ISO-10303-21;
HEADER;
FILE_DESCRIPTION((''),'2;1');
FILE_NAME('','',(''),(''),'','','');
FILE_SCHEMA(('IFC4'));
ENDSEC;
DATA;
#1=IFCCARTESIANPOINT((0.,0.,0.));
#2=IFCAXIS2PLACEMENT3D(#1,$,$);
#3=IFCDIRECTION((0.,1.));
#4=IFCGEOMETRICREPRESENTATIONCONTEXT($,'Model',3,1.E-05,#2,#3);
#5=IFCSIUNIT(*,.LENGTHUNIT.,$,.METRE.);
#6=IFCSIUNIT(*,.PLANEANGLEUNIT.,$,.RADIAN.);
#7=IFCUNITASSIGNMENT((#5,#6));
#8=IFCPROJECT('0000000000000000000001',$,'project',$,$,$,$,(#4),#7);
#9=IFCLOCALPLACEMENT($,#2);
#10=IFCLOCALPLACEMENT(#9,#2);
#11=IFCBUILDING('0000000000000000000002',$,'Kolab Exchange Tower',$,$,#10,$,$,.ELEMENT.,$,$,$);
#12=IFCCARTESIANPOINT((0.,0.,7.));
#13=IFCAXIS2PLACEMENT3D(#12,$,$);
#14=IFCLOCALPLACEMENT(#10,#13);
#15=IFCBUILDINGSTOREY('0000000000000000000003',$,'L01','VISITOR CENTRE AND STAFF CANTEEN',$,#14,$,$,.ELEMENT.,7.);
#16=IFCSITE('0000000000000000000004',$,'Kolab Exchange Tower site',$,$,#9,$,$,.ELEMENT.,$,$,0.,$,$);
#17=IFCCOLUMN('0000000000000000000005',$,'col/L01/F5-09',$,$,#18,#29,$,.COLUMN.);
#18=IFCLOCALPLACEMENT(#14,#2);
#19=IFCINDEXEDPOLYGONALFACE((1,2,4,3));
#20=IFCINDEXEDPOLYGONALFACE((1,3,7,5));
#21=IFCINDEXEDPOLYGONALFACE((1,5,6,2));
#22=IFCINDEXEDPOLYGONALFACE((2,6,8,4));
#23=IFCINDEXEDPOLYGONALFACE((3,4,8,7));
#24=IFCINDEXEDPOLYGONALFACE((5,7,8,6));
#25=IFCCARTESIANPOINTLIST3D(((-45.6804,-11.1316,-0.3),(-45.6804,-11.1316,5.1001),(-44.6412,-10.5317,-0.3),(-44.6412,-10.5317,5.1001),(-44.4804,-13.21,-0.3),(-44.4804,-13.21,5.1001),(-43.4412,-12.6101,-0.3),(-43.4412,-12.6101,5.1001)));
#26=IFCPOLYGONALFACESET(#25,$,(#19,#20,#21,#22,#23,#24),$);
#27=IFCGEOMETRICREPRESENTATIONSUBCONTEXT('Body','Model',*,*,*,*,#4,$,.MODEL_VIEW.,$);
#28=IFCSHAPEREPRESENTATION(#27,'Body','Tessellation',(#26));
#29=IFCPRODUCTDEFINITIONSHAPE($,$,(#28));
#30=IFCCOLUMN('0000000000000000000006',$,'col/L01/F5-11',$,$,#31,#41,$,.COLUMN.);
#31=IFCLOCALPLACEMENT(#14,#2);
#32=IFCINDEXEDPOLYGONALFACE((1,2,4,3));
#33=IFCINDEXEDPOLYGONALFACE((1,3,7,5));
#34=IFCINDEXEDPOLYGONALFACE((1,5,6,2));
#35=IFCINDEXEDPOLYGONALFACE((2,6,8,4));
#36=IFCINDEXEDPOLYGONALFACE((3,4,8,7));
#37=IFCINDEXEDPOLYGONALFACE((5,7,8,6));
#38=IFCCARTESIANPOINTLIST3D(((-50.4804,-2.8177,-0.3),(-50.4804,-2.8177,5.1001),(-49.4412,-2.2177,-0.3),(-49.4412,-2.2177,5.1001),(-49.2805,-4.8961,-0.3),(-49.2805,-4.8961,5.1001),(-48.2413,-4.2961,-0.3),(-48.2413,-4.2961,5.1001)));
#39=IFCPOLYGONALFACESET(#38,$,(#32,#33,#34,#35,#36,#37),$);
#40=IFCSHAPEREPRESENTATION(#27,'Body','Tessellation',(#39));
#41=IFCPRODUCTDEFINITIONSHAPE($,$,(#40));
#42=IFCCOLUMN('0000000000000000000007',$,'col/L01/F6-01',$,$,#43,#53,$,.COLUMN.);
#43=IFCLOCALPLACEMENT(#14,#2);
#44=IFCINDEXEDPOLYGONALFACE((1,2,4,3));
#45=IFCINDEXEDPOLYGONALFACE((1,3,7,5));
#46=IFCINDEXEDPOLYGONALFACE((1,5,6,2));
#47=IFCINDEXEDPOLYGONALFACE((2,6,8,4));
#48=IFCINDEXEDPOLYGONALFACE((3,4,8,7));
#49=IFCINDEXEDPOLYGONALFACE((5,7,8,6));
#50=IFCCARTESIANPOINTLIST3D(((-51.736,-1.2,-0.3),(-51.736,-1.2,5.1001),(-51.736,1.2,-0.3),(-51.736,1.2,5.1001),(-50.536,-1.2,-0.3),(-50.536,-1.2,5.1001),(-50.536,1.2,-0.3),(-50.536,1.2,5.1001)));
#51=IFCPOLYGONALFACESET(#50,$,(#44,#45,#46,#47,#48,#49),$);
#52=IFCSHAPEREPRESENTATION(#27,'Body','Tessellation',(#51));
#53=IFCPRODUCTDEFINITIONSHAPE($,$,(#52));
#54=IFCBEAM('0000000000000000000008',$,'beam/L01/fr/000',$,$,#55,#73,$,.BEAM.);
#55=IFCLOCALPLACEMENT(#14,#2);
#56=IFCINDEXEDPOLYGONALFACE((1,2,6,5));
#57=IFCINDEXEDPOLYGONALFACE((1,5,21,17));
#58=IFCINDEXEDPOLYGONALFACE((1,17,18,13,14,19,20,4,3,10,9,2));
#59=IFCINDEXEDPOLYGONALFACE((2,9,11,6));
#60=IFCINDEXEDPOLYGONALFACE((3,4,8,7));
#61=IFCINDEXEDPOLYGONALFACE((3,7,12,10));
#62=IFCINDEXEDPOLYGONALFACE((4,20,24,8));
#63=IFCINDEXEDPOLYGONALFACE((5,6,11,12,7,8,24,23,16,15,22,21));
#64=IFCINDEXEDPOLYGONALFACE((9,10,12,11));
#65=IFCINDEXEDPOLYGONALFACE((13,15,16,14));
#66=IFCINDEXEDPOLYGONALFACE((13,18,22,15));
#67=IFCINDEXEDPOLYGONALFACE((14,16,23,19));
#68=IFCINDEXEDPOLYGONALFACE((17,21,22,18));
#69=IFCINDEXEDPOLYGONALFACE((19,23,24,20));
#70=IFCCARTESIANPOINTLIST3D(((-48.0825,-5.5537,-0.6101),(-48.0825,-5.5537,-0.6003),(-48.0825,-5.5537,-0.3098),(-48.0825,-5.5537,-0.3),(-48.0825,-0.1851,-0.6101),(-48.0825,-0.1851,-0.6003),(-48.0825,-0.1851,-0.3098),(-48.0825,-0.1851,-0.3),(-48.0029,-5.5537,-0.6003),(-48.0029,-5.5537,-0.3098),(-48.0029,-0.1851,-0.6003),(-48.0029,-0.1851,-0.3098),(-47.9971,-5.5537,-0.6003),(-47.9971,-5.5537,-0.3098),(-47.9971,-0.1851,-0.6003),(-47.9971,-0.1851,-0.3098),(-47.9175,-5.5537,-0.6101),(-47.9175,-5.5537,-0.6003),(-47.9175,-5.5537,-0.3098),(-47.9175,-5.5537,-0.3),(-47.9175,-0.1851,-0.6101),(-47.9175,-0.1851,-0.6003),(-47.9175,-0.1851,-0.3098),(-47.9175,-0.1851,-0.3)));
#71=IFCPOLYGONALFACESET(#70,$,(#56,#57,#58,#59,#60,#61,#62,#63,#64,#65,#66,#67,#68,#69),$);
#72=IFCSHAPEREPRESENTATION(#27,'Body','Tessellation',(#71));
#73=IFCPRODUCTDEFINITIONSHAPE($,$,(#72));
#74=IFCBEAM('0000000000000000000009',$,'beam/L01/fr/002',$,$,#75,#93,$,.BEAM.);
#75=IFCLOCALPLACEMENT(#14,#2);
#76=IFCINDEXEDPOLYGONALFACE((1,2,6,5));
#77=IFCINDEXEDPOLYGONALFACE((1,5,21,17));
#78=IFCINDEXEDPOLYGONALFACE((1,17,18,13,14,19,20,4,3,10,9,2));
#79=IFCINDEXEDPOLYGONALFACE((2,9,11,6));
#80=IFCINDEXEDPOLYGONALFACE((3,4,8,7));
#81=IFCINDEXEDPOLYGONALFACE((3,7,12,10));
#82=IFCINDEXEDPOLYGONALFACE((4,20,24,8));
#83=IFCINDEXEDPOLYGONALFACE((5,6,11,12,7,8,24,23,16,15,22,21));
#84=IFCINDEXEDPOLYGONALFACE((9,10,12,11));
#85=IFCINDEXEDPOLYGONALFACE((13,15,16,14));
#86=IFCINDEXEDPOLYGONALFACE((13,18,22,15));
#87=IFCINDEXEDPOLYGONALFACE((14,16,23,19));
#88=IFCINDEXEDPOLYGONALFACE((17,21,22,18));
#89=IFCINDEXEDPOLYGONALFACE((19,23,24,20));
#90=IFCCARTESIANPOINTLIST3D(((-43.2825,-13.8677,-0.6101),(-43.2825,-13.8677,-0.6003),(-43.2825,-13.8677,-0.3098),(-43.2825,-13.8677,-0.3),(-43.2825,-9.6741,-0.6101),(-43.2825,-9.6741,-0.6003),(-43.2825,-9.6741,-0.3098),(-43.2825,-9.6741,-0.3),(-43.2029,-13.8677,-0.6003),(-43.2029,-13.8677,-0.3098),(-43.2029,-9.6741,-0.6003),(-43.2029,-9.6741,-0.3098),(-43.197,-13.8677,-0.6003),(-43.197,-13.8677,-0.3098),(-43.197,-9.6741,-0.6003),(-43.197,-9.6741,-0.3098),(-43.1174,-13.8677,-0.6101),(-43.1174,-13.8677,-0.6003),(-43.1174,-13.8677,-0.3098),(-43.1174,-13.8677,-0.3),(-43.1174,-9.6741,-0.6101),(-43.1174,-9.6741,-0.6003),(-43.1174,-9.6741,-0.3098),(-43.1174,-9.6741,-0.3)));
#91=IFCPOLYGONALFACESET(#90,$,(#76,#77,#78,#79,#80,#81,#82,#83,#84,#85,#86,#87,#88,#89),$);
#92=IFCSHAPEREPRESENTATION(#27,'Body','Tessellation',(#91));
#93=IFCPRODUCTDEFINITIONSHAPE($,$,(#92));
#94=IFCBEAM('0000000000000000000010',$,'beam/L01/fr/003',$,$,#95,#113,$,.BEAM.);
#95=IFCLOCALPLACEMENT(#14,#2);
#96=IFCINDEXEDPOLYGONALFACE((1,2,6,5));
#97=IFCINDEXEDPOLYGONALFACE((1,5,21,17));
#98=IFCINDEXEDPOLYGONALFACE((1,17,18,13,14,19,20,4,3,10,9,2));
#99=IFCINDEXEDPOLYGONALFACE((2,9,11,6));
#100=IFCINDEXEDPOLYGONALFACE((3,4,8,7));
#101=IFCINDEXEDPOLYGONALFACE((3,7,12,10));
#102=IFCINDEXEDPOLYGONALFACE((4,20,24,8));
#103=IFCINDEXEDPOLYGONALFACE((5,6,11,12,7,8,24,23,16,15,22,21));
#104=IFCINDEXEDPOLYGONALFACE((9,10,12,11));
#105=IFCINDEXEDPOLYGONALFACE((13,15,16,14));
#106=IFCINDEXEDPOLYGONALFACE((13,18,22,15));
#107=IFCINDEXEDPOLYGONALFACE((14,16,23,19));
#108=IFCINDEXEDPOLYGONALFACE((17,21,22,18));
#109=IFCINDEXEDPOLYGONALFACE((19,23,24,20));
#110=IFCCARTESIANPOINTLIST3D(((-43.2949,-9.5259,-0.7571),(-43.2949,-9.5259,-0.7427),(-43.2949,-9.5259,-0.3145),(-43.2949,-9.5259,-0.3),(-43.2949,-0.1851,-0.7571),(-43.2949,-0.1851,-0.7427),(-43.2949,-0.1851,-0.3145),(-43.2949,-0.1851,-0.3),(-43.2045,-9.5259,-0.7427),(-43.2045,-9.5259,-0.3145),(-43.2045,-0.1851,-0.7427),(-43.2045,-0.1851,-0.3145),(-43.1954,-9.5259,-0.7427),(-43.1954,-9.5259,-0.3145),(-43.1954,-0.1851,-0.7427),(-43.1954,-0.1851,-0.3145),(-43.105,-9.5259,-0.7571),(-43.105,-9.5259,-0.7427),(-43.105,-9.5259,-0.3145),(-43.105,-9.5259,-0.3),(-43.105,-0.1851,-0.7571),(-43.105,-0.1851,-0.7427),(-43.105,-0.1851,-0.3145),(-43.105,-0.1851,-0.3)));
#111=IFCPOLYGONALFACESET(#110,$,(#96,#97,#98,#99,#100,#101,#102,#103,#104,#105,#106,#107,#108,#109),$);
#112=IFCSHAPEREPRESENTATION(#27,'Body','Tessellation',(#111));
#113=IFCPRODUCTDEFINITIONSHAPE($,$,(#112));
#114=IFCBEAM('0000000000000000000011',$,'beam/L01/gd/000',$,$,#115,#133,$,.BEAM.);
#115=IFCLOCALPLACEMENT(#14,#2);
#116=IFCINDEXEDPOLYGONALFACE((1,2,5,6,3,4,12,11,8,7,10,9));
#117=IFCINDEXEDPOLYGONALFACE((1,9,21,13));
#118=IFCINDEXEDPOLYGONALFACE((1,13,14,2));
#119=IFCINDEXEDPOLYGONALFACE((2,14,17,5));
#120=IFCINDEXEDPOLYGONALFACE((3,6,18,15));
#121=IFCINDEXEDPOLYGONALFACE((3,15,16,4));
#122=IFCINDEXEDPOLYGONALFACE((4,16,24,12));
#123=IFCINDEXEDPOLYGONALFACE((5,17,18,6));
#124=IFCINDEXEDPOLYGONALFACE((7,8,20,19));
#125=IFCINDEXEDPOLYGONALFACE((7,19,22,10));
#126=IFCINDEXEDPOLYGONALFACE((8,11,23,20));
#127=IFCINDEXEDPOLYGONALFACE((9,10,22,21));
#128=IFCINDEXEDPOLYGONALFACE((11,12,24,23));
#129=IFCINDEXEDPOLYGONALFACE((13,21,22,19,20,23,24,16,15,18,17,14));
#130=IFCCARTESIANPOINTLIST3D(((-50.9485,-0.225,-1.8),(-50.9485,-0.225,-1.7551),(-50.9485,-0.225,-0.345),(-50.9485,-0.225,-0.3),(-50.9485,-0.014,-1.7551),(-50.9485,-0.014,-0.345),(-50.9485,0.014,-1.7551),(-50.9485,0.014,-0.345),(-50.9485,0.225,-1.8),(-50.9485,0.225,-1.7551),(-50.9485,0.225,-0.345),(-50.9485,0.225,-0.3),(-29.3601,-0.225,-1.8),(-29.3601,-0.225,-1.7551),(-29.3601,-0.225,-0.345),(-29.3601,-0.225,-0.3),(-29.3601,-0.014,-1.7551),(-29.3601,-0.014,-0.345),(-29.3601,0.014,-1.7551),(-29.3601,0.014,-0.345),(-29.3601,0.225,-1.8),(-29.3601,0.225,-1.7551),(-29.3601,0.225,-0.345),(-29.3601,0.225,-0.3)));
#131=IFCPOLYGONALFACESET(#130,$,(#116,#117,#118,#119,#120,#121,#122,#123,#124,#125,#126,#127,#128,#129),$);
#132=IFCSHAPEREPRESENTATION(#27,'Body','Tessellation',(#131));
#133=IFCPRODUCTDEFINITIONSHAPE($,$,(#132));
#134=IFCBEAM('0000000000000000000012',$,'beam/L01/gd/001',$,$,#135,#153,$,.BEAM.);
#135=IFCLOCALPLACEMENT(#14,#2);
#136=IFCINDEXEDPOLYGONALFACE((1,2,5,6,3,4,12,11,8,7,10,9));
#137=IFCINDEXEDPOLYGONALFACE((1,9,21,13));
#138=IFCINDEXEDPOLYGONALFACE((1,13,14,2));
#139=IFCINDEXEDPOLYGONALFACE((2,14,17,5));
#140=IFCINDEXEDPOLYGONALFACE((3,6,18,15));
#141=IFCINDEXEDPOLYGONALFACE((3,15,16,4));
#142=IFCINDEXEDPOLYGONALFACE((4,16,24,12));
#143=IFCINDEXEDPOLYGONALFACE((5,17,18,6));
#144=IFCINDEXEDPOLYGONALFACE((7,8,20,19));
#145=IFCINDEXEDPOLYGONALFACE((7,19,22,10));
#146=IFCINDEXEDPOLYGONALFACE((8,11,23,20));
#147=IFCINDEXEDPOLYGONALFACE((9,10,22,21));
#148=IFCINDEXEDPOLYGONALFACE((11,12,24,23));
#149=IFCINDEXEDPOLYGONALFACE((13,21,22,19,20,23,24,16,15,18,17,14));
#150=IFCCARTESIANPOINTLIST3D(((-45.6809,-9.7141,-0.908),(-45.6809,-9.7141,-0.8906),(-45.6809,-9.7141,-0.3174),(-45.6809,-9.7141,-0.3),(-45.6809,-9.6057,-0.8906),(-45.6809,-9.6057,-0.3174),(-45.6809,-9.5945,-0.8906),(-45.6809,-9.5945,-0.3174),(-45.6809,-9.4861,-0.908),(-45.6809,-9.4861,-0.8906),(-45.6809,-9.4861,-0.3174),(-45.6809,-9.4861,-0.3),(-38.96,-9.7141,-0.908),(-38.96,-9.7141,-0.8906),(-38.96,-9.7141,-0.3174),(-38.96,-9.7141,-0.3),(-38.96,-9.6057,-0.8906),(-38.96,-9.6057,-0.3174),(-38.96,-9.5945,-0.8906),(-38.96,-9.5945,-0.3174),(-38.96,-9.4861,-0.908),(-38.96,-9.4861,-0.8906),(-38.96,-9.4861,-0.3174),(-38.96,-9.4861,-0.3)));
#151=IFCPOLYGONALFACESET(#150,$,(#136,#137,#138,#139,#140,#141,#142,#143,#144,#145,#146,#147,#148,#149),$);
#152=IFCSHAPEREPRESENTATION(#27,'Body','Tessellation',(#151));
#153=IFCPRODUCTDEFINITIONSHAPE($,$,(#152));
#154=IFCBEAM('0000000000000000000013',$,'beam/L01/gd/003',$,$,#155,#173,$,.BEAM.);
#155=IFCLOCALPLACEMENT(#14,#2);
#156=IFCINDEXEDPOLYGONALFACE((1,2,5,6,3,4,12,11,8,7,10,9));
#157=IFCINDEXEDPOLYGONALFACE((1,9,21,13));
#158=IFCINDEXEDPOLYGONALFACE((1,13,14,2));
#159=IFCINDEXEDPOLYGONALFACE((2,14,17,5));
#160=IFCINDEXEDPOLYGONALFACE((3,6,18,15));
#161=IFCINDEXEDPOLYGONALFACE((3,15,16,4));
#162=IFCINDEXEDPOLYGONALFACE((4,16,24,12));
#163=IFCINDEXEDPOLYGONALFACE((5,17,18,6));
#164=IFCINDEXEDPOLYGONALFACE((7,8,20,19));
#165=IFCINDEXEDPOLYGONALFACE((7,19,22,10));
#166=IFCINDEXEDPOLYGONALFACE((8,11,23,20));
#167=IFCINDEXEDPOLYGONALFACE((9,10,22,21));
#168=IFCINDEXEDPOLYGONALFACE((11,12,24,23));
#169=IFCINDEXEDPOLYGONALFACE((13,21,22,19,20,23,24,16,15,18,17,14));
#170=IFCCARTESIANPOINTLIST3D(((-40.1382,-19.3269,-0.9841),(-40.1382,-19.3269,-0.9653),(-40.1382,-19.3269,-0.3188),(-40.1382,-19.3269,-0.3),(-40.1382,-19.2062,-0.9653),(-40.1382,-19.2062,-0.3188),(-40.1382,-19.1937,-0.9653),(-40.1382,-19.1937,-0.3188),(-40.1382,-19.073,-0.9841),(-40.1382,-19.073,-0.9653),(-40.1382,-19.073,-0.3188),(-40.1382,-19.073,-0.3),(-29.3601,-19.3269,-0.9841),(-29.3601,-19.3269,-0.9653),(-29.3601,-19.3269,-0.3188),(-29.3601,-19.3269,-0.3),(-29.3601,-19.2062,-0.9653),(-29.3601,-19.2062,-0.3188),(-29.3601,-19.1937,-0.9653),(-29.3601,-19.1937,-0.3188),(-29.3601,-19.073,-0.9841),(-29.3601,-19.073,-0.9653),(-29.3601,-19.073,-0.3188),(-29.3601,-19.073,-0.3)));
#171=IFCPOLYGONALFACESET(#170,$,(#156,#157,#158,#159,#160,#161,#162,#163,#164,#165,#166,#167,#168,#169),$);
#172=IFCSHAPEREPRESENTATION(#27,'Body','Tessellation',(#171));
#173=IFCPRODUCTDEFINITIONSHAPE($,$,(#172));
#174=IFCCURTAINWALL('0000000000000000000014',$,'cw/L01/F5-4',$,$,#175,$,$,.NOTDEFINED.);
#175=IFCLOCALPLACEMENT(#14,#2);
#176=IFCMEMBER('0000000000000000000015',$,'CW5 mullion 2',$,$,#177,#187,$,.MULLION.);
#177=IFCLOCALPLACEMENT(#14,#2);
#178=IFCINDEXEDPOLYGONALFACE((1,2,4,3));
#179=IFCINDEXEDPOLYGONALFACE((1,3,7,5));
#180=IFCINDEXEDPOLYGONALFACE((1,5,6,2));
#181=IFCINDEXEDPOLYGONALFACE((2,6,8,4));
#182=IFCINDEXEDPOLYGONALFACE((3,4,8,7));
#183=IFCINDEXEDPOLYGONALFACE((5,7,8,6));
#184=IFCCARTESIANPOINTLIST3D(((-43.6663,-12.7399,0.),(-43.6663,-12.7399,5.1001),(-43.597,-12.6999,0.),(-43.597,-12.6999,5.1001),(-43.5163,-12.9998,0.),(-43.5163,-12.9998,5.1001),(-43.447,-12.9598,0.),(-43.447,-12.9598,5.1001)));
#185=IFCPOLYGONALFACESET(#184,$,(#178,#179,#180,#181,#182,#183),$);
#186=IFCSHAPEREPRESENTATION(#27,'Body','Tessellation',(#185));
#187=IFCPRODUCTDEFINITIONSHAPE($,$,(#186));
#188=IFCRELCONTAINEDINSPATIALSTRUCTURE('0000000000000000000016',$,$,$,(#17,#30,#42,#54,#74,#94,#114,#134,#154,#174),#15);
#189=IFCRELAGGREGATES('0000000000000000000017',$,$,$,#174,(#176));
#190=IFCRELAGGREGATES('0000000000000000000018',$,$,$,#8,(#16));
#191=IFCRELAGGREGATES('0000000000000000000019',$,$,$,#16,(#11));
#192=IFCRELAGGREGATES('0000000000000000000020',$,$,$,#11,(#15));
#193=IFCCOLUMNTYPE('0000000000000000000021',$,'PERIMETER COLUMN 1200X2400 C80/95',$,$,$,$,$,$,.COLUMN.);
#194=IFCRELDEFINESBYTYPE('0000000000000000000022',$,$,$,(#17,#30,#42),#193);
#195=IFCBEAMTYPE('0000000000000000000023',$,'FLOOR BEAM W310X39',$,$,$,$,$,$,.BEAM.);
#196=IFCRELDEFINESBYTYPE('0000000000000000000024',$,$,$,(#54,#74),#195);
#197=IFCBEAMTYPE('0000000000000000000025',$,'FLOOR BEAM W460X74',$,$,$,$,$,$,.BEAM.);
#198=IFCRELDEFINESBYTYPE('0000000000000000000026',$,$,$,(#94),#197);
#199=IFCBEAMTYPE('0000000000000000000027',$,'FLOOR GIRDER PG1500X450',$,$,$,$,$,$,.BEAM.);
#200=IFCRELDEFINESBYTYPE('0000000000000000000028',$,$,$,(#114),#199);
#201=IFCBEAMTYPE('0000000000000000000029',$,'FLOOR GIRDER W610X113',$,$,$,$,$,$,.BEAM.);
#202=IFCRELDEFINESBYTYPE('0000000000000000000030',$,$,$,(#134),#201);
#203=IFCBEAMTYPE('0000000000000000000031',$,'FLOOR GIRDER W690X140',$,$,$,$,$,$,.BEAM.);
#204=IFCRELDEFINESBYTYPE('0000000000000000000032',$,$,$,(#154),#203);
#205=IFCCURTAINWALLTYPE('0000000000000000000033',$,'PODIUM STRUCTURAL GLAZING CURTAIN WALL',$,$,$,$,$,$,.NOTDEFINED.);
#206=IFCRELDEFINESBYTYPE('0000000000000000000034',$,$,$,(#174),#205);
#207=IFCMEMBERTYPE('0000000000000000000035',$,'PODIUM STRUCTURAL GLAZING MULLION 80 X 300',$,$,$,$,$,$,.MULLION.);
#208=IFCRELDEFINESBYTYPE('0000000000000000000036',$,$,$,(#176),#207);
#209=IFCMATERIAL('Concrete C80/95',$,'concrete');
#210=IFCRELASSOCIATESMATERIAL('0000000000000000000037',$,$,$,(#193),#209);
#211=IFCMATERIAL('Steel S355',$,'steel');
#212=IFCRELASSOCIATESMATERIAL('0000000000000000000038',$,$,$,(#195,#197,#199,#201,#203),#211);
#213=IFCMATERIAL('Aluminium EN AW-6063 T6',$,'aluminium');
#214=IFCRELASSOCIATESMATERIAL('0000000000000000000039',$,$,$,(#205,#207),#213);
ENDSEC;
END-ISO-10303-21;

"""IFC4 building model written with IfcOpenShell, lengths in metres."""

from ifc_helpers import new_model, si_unit, direction, frame, origin, origin_2d, place, context, subcontext, project, spatial, rectangle, i_section, extrude, material, material_profile, profile_set, type_object, element, aggregate, save


model = new_model("IFC4")

# Units and contexts
model_context = context("Model", 3, precision=1e-05, world=origin(), true_north=direction((0.0, 1.0)))
body_context = subcontext(model_context, "Body", "Model", "MODEL_VIEW")
ifc_project = project(units=[si_unit("LENGTHUNIT", "METRE"), si_unit("PLANEANGLEUNIT", "RADIAN")], contexts=[model_context])

# Site, building, storey
site_placement = place(None, origin())
site = spatial("IfcSite", under=ifc_project, at=site_placement, Name="Kolab Exchange Tower site", CompositionType="ELEMENT", RefElevation=0.0)
building_placement = place(site_placement, origin())
building = spatial("IfcBuilding", under=site, at=building_placement, Name="Kolab Exchange Tower", CompositionType="ELEMENT")
storey_placement = place(building_placement, frame((0.0, 0.0, 7.0)))
storey = spatial("IfcBuildingStorey", under=building, at=storey_placement, Name="L01", Description="VISITOR CENTRE AND STAFF CANTEEN", CompositionType="ELEMENT", Elevation=7.0)

# Columns
ifc_material_1 = material(Name="Concrete C80/95", Category="concrete")
ifc_material_profile_1 = material_profile(ifc_material_1, rectangle(XDim=1.2, YDim=2.3999, at=origin_2d()), Name="RC1200X2400")
ifc_profile_set_1 = profile_set([ifc_material_profile_1], Name="Concrete C80/95")
column_type = type_object("IfcColumnType", Name="PERIMETER COLUMN 1200X2400 C80/95", PredefinedType="COLUMN", material=ifc_profile_set_1)
for number, where, z_axis, x_axis, name in (
    (1, (-44.5608, -11.8708, -0.3), (0.0, 0.0, 1.0), (0.866025, 0.5, 0.0), "col/L01/F5-09"),
    (2, (-49.3608, -3.5569, -0.3), (0.0, 0.0, 1.0), (0.866025, 0.5, 0.0), "col/L01/F5-11"),
    (3, (-51.136, 0.0, -0.3), (0.0, 0.0, 1.0), (1.0, 0.0, 0.0), "col/L01/F6-01"),
):
    element("IfcColumn", number, at=place(storey_placement, frame(where, z_axis=z_axis, x_axis=x_axis)), inside=storey, type_object=column_type, Name=name, PredefinedType="COLUMN", context=body_context, shape_type="SweptSolid", body=[
        extrude(rectangle(XDim=1.2, YDim=2.3999, at=origin_2d()), origin(), (0.0, 0.0, 1.0), 5.4001),
    ])

# Beams
ifc_material_2 = material(Name="Steel S355", Category="steel")
ifc_material_profile_2 = material_profile(ifc_material_2, i_section(OverallWidth=0.165, OverallDepth=0.3101, WebThickness=0.0059, FlangeThickness=0.0098, at=origin_2d()), Name="W310X39")
ifc_profile_set_2 = profile_set([ifc_material_profile_2], Name="Steel S355")
beam_type_1 = type_object("IfcBeamType", Name="FLOOR BEAM W310X39", PredefinedType="BEAM", material=ifc_profile_set_2)
beam_1_placement = place(storey_placement, frame((-48.0, -5.5537, -0.4551), z_axis=(0.0, 1.0, 0.0), x_axis=(-1.0, 0.0, 0.0)))
element("IfcBeam", 4, at=beam_1_placement, inside=storey, type_object=beam_type_1, Name="beam/L01/fr/000", PredefinedType="BEAM", context=body_context, shape_type="SweptSolid", body=[
    extrude(i_section(OverallWidth=0.165, OverallDepth=0.3101, WebThickness=0.0059, FlangeThickness=0.0098, at=origin_2d()), origin(), (0.0, 0.0, 1.0), 5.3687),
])
beam_2_placement = place(storey_placement, frame((-43.2, -13.8677, -0.4551), z_axis=(0.0, 1.0, 0.0), x_axis=(-1.0, 0.0, 0.0)))
element("IfcBeam", 5, at=beam_2_placement, inside=storey, type_object=beam_type_1, Name="beam/L01/fr/002", PredefinedType="BEAM", context=body_context, shape_type="SweptSolid", body=[
    extrude(i_section(OverallWidth=0.165, OverallDepth=0.3101, WebThickness=0.0059, FlangeThickness=0.0098, at=origin_2d()), origin(), (0.0, 0.0, 1.0), 4.1936),
])
ifc_material_profile_3 = material_profile(ifc_material_2, i_section(OverallWidth=0.1899, OverallDepth=0.457, WebThickness=0.009, FlangeThickness=0.0144, at=origin_2d()), Name="W460X74")
ifc_profile_set_3 = profile_set([ifc_material_profile_3], Name="Steel S355")
beam_type_2 = type_object("IfcBeamType", Name="FLOOR BEAM W460X74", PredefinedType="BEAM", material=ifc_profile_set_3)
beam_3_placement = place(storey_placement, frame((-43.2, -9.5259, -0.5286), z_axis=(0.0, 1.0, 0.0), x_axis=(-1.0, 0.0, 0.0)))
element("IfcBeam", 6, at=beam_3_placement, inside=storey, type_object=beam_type_2, Name="beam/L01/fr/003", PredefinedType="BEAM", context=body_context, shape_type="SweptSolid", body=[
    extrude(i_section(OverallWidth=0.1899, OverallDepth=0.457, WebThickness=0.009, FlangeThickness=0.0144, at=origin_2d()), origin(), (0.0, 0.0, 1.0), 9.3408),
])
ifc_material_profile_4 = material_profile(ifc_material_2, i_section(OverallWidth=0.45, OverallDepth=1.5, WebThickness=0.0281, FlangeThickness=0.0449, at=origin_2d()), Name="PG1500X450")
ifc_profile_set_4 = profile_set([ifc_material_profile_4], Name="Steel S355")
beam_type_3 = type_object("IfcBeamType", Name="FLOOR GIRDER PG1500X450", PredefinedType="BEAM", material=ifc_profile_set_4)
beam_4_placement = place(storey_placement, frame((-50.9485, 0.0, -1.05), z_axis=(1.0, 0.0, 0.0), x_axis=(0.0, 1.0, 0.0)))
element("IfcBeam", 7, at=beam_4_placement, inside=storey, type_object=beam_type_3, Name="beam/L01/gd/000", PredefinedType="BEAM", context=body_context, shape_type="SweptSolid", body=[
    extrude(i_section(OverallWidth=0.45, OverallDepth=1.5, WebThickness=0.0281, FlangeThickness=0.0449, at=origin_2d()), origin(), (0.0, 0.0, 1.0), 21.5884),
])
ifc_material_profile_5 = material_profile(ifc_material_2, i_section(OverallWidth=0.228, OverallDepth=0.6079, WebThickness=0.0112, FlangeThickness=0.0173, at=origin_2d()), Name="W610X113")
ifc_profile_set_5 = profile_set([ifc_material_profile_5], Name="Steel S355")
beam_type_4 = type_object("IfcBeamType", Name="FLOOR GIRDER W610X113", PredefinedType="BEAM", material=ifc_profile_set_5)
beam_5_placement = place(storey_placement, frame((-45.6809, -9.6001, -0.604), z_axis=(1.0, 0.0, 0.0), x_axis=(0.0, 1.0, 0.0)))
element("IfcBeam", 8, at=beam_5_placement, inside=storey, type_object=beam_type_4, Name="beam/L01/gd/001", PredefinedType="BEAM", context=body_context, shape_type="SweptSolid", body=[
    extrude(i_section(OverallWidth=0.228, OverallDepth=0.6079, WebThickness=0.0112, FlangeThickness=0.0173, at=origin_2d()), origin(), (0.0, 0.0, 1.0), 6.7209),
])
ifc_material_profile_6 = material_profile(ifc_material_2, i_section(OverallWidth=0.2539, OverallDepth=0.6841, WebThickness=0.0125, FlangeThickness=0.0188, at=origin_2d()), Name="W690X140")
ifc_profile_set_6 = profile_set([ifc_material_profile_6], Name="Steel S355")
beam_type_5 = type_object("IfcBeamType", Name="FLOOR GIRDER W690X140", PredefinedType="BEAM", material=ifc_profile_set_6)
beam_6_placement = place(storey_placement, frame((-40.1382, -19.2, -0.6421), z_axis=(1.0, 0.0, 0.0), x_axis=(0.0, 1.0, 0.0)))
element("IfcBeam", 9, at=beam_6_placement, inside=storey, type_object=beam_type_5, Name="beam/L01/gd/003", PredefinedType="BEAM", context=body_context, shape_type="SweptSolid", body=[
    extrude(i_section(OverallWidth=0.2539, OverallDepth=0.6841, WebThickness=0.0125, FlangeThickness=0.0188, at=origin_2d()), origin(), (0.0, 0.0, 1.0), 10.7781),
])

# Curtain wall, member
ifc_material_3 = material(Name="Aluminium EN AW-6063 T6", Category="aluminium")
curtain_wall_type = type_object("IfcCurtainWallType", Name="PODIUM STRUCTURAL GLAZING CURTAIN WALL", PredefinedType="NOTDEFINED", material=ifc_material_3)
curtain_wall_1_placement = place(storey_placement, origin())
curtain_wall_1 = element("IfcCurtainWall", 10, at=curtain_wall_1_placement, inside=storey, type_object=curtain_wall_type, Name="cw/L01/F5-4", PredefinedType="NOTDEFINED")
ifc_material_profile_7 = material_profile(ifc_material_3, rectangle(XDim=0.0801, YDim=0.3, at=origin_2d()), Name="RECT 80X300")
ifc_profile_set_7 = profile_set([ifc_material_profile_7], Name="Aluminium EN AW-6063 T6")
member_type_1 = type_object("IfcMemberType", Name="PODIUM STRUCTURAL GLAZING MULLION 80 X 300", PredefinedType="MULLION", material=ifc_profile_set_7)
member_1_placement = place(storey_placement, frame((-43.5566, -12.8499, 0.0), z_axis=(0.0, 0.0, 1.0), x_axis=(-0.866025, -0.5, 0.0)))
member_1 = element("IfcMember", 11, at=member_1_placement, type_object=member_type_1, Name="CW5 mullion 2", PredefinedType="MULLION", context=body_context, shape_type="SweptSolid", body=[
    extrude(rectangle(XDim=0.0801, YDim=0.3, at=origin_2d()), origin(), (0.0, 0.0, 1.0), 5.1001),
])

aggregate(curtain_wall_1, [member_1])

save(model, "model.ifc")
